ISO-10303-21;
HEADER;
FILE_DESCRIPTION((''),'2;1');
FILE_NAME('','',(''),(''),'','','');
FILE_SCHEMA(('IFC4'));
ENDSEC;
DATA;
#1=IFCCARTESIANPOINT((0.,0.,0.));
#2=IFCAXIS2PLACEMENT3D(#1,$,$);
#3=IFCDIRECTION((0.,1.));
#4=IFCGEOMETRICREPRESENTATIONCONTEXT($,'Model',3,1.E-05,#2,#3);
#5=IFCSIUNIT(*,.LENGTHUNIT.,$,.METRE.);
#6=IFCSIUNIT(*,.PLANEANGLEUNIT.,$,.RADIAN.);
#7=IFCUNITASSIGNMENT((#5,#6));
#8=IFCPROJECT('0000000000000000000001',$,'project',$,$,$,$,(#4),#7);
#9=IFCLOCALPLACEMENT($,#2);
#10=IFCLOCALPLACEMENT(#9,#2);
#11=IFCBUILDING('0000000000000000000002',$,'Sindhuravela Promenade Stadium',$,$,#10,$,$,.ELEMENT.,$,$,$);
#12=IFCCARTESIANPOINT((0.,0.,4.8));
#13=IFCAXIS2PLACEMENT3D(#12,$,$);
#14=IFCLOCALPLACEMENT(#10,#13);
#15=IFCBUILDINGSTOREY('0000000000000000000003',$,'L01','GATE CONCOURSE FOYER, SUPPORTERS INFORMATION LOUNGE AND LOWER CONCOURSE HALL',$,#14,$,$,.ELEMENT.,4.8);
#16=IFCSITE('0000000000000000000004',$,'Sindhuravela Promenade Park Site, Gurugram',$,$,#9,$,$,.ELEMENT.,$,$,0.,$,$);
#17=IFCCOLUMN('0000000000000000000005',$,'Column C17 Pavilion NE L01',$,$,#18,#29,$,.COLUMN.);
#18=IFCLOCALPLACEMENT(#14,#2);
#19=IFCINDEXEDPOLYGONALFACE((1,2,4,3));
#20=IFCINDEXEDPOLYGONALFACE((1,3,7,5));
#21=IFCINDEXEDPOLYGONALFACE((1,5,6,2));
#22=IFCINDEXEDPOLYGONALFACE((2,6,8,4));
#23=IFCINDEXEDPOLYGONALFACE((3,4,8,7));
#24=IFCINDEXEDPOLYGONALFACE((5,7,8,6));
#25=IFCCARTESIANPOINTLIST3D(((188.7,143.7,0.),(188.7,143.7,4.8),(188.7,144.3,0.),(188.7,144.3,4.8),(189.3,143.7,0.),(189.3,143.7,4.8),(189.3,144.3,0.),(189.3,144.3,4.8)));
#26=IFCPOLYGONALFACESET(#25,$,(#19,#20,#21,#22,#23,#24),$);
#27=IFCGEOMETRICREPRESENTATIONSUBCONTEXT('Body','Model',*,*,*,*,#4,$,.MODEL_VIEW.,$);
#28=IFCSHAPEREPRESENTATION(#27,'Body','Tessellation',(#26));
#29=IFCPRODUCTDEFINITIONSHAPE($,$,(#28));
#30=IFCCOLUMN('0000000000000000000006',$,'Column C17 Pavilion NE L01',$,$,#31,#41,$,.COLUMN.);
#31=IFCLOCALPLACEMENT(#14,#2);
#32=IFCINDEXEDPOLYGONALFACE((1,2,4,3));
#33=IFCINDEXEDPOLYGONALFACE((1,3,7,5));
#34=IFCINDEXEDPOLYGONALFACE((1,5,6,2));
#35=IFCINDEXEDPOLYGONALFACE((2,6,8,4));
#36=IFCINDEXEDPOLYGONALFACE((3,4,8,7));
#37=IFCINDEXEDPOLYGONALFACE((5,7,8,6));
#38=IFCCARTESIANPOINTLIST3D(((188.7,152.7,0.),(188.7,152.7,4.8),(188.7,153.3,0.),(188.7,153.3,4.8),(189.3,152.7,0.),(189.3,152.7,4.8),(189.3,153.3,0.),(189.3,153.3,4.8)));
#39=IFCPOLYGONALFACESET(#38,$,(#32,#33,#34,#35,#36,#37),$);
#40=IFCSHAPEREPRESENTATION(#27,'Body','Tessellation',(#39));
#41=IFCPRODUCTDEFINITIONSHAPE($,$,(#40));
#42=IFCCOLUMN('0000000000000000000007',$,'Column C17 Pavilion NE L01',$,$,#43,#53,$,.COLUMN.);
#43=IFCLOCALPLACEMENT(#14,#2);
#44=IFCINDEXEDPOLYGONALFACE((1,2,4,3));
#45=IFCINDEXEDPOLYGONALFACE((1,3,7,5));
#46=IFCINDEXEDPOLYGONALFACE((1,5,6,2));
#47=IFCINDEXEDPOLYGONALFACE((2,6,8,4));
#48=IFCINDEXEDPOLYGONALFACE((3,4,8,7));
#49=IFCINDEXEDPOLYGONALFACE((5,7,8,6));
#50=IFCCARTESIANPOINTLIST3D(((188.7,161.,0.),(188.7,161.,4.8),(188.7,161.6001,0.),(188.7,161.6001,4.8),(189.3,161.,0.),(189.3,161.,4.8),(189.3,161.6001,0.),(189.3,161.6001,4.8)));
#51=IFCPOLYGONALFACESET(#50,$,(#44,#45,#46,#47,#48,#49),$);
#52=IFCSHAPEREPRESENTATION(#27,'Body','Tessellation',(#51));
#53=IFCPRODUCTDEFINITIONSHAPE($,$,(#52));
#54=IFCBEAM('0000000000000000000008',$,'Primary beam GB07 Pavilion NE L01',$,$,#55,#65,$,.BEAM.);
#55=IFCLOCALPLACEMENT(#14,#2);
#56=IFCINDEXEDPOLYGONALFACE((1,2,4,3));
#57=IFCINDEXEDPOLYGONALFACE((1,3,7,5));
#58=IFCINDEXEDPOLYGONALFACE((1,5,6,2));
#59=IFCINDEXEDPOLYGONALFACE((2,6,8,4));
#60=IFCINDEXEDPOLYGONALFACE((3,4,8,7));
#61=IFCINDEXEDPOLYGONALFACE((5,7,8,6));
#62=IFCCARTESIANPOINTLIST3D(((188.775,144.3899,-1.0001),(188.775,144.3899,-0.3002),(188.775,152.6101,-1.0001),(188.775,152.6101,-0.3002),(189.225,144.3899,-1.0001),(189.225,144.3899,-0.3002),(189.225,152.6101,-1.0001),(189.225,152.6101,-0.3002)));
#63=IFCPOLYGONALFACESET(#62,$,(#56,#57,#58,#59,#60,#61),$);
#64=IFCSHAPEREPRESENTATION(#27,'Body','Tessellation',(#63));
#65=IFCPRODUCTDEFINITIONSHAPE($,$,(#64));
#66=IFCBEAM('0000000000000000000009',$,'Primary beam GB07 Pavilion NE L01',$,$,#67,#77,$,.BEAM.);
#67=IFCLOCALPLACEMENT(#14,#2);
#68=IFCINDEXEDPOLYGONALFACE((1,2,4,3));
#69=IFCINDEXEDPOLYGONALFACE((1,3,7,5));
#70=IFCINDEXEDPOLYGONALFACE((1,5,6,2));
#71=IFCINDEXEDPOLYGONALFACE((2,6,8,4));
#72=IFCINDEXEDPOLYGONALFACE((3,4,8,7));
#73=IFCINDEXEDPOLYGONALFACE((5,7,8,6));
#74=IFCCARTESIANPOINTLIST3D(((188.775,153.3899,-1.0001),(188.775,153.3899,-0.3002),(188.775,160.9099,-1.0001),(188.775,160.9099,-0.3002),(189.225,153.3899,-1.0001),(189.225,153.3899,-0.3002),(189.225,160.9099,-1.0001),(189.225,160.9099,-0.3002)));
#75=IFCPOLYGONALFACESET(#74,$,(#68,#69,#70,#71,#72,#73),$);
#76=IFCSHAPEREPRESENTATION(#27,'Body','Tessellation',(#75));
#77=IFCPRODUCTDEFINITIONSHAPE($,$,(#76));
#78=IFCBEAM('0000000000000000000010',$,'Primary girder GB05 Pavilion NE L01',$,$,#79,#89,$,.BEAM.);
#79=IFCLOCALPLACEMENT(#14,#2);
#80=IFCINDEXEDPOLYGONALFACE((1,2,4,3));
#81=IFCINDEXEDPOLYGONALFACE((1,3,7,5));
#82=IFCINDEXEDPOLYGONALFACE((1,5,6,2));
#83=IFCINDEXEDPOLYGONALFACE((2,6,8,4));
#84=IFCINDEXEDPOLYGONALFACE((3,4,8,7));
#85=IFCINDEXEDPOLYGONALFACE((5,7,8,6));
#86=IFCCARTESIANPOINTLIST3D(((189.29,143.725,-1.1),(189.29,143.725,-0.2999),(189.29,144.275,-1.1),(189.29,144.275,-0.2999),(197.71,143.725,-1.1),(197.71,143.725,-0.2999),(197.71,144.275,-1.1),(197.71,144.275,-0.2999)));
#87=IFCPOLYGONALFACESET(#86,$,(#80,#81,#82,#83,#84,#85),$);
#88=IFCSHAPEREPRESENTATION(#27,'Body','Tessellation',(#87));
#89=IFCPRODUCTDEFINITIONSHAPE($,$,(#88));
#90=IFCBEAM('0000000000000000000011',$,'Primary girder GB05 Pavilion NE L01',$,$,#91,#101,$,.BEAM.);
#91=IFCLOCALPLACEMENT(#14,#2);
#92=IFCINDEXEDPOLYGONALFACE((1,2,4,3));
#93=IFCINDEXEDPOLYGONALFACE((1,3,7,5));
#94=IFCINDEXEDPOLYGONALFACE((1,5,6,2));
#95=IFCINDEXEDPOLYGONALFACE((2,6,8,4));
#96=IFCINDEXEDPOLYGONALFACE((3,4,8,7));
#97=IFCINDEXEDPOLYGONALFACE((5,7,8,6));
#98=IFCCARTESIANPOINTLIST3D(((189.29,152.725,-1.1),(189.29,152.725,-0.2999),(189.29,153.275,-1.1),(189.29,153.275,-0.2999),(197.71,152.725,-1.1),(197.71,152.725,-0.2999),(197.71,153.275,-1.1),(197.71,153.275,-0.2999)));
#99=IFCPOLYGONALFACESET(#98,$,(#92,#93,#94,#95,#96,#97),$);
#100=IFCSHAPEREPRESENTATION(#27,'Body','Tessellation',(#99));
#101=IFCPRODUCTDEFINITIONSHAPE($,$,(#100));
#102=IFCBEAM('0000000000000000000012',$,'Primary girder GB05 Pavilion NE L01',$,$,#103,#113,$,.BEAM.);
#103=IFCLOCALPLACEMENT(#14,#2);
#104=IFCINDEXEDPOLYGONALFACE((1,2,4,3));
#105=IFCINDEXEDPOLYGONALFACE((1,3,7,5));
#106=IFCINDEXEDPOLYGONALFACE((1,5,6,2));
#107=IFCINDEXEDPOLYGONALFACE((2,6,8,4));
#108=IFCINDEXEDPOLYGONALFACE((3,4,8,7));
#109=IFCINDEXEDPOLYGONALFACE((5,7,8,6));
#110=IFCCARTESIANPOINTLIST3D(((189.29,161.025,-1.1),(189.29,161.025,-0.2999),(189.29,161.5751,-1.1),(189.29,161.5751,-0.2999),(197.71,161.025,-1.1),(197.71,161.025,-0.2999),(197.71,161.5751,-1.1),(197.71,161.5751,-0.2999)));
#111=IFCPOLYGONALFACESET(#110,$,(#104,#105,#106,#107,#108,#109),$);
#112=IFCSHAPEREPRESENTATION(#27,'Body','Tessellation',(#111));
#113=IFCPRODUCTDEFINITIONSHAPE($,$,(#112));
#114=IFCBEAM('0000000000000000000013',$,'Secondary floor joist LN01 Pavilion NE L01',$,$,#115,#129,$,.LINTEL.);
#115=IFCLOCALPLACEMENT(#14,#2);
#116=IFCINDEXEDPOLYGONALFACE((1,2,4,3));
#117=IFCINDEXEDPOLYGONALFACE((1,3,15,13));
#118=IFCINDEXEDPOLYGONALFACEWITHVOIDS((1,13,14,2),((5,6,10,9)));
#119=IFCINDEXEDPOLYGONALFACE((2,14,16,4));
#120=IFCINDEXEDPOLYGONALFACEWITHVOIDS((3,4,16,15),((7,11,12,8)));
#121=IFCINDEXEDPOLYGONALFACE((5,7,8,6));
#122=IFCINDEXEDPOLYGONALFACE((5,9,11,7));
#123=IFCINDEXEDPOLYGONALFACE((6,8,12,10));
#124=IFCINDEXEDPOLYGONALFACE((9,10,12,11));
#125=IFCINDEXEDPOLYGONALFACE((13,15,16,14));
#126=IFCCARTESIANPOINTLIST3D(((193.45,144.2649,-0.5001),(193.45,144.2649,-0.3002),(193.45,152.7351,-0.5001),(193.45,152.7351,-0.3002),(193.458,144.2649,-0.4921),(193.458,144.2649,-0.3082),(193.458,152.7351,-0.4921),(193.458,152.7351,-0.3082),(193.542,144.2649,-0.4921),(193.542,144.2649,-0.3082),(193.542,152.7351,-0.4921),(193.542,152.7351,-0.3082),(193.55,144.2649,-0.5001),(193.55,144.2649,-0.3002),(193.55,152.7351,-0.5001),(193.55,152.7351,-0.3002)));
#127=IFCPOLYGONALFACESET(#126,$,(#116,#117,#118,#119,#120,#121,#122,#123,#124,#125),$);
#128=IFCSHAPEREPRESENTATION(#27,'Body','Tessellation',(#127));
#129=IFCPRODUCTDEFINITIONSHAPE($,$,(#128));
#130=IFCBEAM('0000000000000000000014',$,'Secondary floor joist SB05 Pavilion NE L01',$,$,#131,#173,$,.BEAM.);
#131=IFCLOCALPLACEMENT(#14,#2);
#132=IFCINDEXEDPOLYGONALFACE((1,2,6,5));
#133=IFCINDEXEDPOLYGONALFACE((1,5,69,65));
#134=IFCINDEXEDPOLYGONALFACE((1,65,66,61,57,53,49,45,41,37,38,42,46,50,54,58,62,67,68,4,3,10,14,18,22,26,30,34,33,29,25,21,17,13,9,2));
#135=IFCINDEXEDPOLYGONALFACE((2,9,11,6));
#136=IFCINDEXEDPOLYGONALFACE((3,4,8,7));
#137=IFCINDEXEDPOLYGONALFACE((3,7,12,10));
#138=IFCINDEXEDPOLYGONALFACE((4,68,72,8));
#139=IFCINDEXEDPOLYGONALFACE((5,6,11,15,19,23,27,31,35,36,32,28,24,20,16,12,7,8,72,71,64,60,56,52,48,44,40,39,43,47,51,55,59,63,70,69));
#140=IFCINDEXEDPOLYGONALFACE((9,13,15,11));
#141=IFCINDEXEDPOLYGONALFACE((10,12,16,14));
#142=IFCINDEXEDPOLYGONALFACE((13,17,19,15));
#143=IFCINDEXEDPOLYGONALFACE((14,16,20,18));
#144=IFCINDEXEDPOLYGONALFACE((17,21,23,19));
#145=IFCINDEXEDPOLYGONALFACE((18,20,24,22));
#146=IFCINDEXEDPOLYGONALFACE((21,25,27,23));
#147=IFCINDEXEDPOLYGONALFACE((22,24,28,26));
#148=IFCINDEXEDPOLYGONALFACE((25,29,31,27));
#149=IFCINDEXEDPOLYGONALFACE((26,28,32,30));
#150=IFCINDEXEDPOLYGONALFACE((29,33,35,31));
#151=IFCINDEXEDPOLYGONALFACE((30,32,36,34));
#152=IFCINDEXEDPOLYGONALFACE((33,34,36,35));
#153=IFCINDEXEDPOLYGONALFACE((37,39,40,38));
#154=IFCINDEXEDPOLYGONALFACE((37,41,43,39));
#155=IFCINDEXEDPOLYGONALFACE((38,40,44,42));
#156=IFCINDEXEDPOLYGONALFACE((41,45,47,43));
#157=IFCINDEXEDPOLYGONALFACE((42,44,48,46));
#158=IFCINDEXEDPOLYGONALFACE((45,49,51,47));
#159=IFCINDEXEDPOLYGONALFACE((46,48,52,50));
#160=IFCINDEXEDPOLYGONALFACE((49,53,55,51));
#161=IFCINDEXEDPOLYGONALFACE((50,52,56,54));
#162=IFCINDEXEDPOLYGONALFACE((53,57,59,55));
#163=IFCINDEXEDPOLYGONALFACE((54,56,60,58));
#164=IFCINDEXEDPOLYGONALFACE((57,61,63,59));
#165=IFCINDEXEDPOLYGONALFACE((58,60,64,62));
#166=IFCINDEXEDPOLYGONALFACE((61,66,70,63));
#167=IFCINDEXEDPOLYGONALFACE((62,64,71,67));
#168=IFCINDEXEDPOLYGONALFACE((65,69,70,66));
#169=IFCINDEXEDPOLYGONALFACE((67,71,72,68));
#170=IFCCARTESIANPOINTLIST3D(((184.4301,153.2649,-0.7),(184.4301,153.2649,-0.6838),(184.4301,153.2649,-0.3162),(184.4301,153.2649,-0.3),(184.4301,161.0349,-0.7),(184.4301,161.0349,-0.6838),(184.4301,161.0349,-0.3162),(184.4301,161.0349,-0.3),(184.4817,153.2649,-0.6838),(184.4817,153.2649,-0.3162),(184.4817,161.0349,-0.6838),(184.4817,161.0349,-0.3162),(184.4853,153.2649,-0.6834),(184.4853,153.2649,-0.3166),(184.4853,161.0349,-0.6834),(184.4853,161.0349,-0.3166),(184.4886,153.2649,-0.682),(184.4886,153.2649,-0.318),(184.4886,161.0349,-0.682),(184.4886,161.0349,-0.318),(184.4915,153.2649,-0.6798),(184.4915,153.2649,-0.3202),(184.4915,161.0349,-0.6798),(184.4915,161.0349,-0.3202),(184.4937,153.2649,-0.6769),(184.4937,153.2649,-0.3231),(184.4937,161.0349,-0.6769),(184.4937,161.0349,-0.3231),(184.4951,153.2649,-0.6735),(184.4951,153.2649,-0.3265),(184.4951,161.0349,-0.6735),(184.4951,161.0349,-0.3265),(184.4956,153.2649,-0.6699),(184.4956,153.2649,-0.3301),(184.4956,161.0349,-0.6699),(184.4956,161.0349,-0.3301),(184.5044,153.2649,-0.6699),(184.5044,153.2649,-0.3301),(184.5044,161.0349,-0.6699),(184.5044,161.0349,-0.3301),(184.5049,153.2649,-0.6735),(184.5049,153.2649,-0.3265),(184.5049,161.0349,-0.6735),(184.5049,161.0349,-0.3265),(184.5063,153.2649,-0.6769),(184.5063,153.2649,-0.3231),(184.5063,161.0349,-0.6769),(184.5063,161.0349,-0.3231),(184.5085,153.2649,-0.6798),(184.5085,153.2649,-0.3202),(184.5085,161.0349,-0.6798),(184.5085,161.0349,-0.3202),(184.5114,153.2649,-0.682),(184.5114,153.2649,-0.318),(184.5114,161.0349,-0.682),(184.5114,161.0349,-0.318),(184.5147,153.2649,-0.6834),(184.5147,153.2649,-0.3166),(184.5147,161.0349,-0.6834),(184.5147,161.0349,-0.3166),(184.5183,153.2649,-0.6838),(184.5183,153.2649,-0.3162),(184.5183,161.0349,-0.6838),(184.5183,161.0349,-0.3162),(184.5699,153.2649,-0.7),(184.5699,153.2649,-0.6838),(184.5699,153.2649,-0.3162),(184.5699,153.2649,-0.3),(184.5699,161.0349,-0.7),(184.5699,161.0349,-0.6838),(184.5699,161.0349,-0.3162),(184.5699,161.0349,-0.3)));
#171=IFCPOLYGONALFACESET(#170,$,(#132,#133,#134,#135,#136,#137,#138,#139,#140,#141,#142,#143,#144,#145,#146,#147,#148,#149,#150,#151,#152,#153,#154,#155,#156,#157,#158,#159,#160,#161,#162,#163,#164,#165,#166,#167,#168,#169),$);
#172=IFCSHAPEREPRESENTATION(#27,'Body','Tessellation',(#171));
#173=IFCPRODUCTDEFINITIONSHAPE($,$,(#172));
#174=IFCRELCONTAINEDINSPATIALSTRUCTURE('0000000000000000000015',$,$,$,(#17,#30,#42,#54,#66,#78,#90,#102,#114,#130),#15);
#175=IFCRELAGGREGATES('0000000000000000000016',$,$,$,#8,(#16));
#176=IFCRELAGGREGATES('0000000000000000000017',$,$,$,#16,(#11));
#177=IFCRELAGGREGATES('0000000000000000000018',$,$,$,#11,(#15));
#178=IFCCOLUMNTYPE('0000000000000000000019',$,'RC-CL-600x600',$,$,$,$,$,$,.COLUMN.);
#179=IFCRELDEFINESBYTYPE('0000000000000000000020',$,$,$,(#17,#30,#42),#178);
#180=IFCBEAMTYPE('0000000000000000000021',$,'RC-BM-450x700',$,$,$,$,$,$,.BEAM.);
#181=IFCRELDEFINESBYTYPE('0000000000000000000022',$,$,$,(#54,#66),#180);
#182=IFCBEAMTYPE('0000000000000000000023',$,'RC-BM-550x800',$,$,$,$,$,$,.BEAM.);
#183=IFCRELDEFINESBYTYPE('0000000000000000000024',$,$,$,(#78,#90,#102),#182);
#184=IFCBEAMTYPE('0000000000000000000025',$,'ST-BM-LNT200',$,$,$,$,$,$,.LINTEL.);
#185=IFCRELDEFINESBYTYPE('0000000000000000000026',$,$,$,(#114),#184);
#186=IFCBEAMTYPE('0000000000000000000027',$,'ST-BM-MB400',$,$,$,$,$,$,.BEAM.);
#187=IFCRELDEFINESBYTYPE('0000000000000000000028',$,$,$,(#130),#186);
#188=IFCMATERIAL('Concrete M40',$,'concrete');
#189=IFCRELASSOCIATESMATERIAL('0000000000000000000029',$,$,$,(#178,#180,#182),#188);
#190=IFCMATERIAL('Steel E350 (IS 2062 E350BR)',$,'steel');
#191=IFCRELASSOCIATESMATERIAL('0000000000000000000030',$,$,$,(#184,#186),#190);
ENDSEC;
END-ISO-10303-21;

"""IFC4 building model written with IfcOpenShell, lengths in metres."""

from ifc_helpers import new_model, si_unit, direction, frame, origin, origin_2d, place, context, subcontext, project, spatial, rectangle, hollow_rectangle, i_section, extrude, material, material_profile, profile_set, type_object, element, save


model = new_model("IFC4")

# Units and contexts
model_context = context("Model", 3, precision=1e-05, world=origin(), true_north=direction((0.0, 1.0)))
body_context = subcontext(model_context, "Body", "Model", "MODEL_VIEW")
ifc_project = project(units=[si_unit("LENGTHUNIT", "METRE"), si_unit("PLANEANGLEUNIT", "RADIAN")], contexts=[model_context])

# Site, building, storey
site_placement = place(None, origin())
site = spatial("IfcSite", under=ifc_project, at=site_placement, Name="Sindhuravela Promenade Park Site, Gurugram", CompositionType="ELEMENT", RefElevation=0.0)
building_placement = place(site_placement, origin())
building = spatial("IfcBuilding", under=site, at=building_placement, Name="Sindhuravela Promenade Stadium", CompositionType="ELEMENT")
storey_placement = place(building_placement, frame((0.0, 0.0, 4.8)))
storey = spatial("IfcBuildingStorey", under=building, at=storey_placement, Name="L01", Description="GATE CONCOURSE FOYER, SUPPORTERS INFORMATION LOUNGE AND LOWER CONCOURSE HALL", CompositionType="ELEMENT", Elevation=4.8)

# Columns
ifc_material_1 = material(Name="Concrete M40", Category="concrete")
ifc_material_profile_1 = material_profile(ifc_material_1, rectangle(XDim=0.6001, YDim=0.6001, at=origin_2d()), Name="RC 600x600")
ifc_profile_set_1 = profile_set([ifc_material_profile_1], Name="Concrete M40")
column_type = type_object("IfcColumnType", Name="RC-CL-600x600", PredefinedType="COLUMN", material=ifc_profile_set_1)
for number, where, z_axis, x_axis, name in (
    (1, (189.0, 144.0, 0.0), (0.0, 0.0, 1.0), (1.0, 0.0, 0.0), "Column C17 Pavilion NE L01"),
    (2, (189.0, 153.0, 0.0), (0.0, 0.0, 1.0), (1.0, 0.0, 0.0), "Column C17 Pavilion NE L01"),
    (3, (189.0, 161.3, 0.0), (0.0, 0.0, 1.0), (1.0, 0.0, 0.0), "Column C17 Pavilion NE L01"),
):
    element("IfcColumn", number, at=place(storey_placement, frame(where, z_axis=z_axis, x_axis=x_axis)), inside=storey, type_object=column_type, Name=name, PredefinedType="COLUMN", context=body_context, shape_type="SweptSolid", body=[
        extrude(rectangle(XDim=0.6001, YDim=0.6001, at=origin_2d()), origin(), (0.0, 0.0, 1.0), 4.8),
    ])

# Beams
ifc_material_profile_2 = material_profile(ifc_material_1, rectangle(XDim=0.45, YDim=0.7, at=origin_2d()), Name="RC 450x700")
ifc_profile_set_2 = profile_set([ifc_material_profile_2], Name="Concrete M40")
beam_type_1 = type_object("IfcBeamType", Name="RC-BM-450x700", PredefinedType="BEAM", material=ifc_profile_set_2)
beam_1_placement = place(storey_placement, frame((189.0, 144.3899, -0.6501), z_axis=(0.0, 1.0, 0.0), x_axis=(-1.0, 0.0, 0.0)))
element("IfcBeam", 4, at=beam_1_placement, inside=storey, type_object=beam_type_1, Name="Primary beam GB07 Pavilion NE L01", PredefinedType="BEAM", context=body_context, shape_type="SweptSolid", body=[
    extrude(rectangle(XDim=0.45, YDim=0.7, at=origin_2d()), origin(), (0.0, 0.0, 1.0), 8.2202),
])
beam_2_placement = place(storey_placement, frame((189.0, 153.3899, -0.6501), z_axis=(0.0, 1.0, 0.0), x_axis=(-1.0, 0.0, 0.0)))
element("IfcBeam", 5, at=beam_2_placement, inside=storey, type_object=beam_type_1, Name="Primary beam GB07 Pavilion NE L01", PredefinedType="BEAM", context=body_context, shape_type="SweptSolid", body=[
    extrude(rectangle(XDim=0.45, YDim=0.7, at=origin_2d()), origin(), (0.0, 0.0, 1.0), 7.52),
])
ifc_material_profile_3 = material_profile(ifc_material_1, rectangle(XDim=0.55, YDim=0.8, at=origin_2d()), Name="RC 550x800")
ifc_profile_set_3 = profile_set([ifc_material_profile_3], Name="Concrete M40")
beam_type_2 = type_object("IfcBeamType", Name="RC-BM-550x800", PredefinedType="BEAM", material=ifc_profile_set_3)
for number, where, z_axis, x_axis, name in (
    (6, (189.29, 144.0, -0.7), (1.0, 0.0, 0.0), (0.0, 1.0, 0.0), "Primary girder GB05 Pavilion NE L01"),
    (7, (189.29, 153.0, -0.7), (1.0, 0.0, 0.0), (0.0, 1.0, 0.0), "Primary girder GB05 Pavilion NE L01"),
    (8, (189.29, 161.3, -0.7), (1.0, 0.0, 0.0), (0.0, 1.0, 0.0), "Primary girder GB05 Pavilion NE L01"),
):
    element("IfcBeam", number, at=place(storey_placement, frame(where, z_axis=z_axis, x_axis=x_axis)), inside=storey, type_object=beam_type_2, Name=name, PredefinedType="BEAM", context=body_context, shape_type="SweptSolid", body=[
        extrude(rectangle(XDim=0.55, YDim=0.8, at=origin_2d()), origin(), (0.0, 0.0, 1.0), 8.4199),
    ])
ifc_material_2 = material(Name="Steel E350 (IS 2062 E350BR)", Category="steel")
ifc_material_profile_4 = material_profile(ifc_material_2, hollow_rectangle(XDim=0.1001, YDim=0.2, WallThickness=0.0081, at=origin_2d()), Name="RHS 200x100x8")
ifc_profile_set_4 = profile_set([ifc_material_profile_4], Name="Steel E350 (IS 2062 E350BR)")
beam_type_3 = type_object("IfcBeamType", Name="ST-BM-LNT200", PredefinedType="LINTEL", material=ifc_profile_set_4)
beam_3_placement = place(storey_placement, frame((193.5, 144.2649, -0.4001), z_axis=(0.0, 1.0, 0.0), x_axis=(-1.0, 0.0, 0.0)))
element("IfcBeam", 9, at=beam_3_placement, inside=storey, type_object=beam_type_3, Name="Secondary floor joist LN01 Pavilion NE L01", PredefinedType="LINTEL", context=body_context, shape_type="SweptSolid", body=[
    extrude(hollow_rectangle(XDim=0.1001, YDim=0.2, WallThickness=0.0081, at=origin_2d()), origin(), (0.0, 0.0, 1.0), 8.4702),
])
ifc_material_profile_5 = material_profile(ifc_material_2, i_section(OverallWidth=0.1399, OverallDepth=0.3999, WebThickness=0.0088, FlangeThickness=0.0161, FilletRadius=0.0139, at=origin_2d()), Name="ISMB 400")
ifc_profile_set_5 = profile_set([ifc_material_profile_5], Name="Steel E350 (IS 2062 E350BR)")
beam_type_4 = type_object("IfcBeamType", Name="ST-BM-MB400", PredefinedType="BEAM", material=ifc_profile_set_5)
beam_4_placement = place(storey_placement, frame((184.5, 153.2649, -0.5), z_axis=(0.0, 1.0, 0.0), x_axis=(-1.0, 0.0, 0.0)))
element("IfcBeam", 10, at=beam_4_placement, inside=storey, type_object=beam_type_4, Name="Secondary floor joist SB05 Pavilion NE L01", PredefinedType="BEAM", context=body_context, shape_type="SweptSolid", body=[
    extrude(i_section(OverallWidth=0.1399, OverallDepth=0.3999, WebThickness=0.0088, FlangeThickness=0.0161, FilletRadius=0.0139, at=origin_2d()), origin(), (0.0, 0.0, 1.0), 7.77),
])

save(model, "model.ifc")
